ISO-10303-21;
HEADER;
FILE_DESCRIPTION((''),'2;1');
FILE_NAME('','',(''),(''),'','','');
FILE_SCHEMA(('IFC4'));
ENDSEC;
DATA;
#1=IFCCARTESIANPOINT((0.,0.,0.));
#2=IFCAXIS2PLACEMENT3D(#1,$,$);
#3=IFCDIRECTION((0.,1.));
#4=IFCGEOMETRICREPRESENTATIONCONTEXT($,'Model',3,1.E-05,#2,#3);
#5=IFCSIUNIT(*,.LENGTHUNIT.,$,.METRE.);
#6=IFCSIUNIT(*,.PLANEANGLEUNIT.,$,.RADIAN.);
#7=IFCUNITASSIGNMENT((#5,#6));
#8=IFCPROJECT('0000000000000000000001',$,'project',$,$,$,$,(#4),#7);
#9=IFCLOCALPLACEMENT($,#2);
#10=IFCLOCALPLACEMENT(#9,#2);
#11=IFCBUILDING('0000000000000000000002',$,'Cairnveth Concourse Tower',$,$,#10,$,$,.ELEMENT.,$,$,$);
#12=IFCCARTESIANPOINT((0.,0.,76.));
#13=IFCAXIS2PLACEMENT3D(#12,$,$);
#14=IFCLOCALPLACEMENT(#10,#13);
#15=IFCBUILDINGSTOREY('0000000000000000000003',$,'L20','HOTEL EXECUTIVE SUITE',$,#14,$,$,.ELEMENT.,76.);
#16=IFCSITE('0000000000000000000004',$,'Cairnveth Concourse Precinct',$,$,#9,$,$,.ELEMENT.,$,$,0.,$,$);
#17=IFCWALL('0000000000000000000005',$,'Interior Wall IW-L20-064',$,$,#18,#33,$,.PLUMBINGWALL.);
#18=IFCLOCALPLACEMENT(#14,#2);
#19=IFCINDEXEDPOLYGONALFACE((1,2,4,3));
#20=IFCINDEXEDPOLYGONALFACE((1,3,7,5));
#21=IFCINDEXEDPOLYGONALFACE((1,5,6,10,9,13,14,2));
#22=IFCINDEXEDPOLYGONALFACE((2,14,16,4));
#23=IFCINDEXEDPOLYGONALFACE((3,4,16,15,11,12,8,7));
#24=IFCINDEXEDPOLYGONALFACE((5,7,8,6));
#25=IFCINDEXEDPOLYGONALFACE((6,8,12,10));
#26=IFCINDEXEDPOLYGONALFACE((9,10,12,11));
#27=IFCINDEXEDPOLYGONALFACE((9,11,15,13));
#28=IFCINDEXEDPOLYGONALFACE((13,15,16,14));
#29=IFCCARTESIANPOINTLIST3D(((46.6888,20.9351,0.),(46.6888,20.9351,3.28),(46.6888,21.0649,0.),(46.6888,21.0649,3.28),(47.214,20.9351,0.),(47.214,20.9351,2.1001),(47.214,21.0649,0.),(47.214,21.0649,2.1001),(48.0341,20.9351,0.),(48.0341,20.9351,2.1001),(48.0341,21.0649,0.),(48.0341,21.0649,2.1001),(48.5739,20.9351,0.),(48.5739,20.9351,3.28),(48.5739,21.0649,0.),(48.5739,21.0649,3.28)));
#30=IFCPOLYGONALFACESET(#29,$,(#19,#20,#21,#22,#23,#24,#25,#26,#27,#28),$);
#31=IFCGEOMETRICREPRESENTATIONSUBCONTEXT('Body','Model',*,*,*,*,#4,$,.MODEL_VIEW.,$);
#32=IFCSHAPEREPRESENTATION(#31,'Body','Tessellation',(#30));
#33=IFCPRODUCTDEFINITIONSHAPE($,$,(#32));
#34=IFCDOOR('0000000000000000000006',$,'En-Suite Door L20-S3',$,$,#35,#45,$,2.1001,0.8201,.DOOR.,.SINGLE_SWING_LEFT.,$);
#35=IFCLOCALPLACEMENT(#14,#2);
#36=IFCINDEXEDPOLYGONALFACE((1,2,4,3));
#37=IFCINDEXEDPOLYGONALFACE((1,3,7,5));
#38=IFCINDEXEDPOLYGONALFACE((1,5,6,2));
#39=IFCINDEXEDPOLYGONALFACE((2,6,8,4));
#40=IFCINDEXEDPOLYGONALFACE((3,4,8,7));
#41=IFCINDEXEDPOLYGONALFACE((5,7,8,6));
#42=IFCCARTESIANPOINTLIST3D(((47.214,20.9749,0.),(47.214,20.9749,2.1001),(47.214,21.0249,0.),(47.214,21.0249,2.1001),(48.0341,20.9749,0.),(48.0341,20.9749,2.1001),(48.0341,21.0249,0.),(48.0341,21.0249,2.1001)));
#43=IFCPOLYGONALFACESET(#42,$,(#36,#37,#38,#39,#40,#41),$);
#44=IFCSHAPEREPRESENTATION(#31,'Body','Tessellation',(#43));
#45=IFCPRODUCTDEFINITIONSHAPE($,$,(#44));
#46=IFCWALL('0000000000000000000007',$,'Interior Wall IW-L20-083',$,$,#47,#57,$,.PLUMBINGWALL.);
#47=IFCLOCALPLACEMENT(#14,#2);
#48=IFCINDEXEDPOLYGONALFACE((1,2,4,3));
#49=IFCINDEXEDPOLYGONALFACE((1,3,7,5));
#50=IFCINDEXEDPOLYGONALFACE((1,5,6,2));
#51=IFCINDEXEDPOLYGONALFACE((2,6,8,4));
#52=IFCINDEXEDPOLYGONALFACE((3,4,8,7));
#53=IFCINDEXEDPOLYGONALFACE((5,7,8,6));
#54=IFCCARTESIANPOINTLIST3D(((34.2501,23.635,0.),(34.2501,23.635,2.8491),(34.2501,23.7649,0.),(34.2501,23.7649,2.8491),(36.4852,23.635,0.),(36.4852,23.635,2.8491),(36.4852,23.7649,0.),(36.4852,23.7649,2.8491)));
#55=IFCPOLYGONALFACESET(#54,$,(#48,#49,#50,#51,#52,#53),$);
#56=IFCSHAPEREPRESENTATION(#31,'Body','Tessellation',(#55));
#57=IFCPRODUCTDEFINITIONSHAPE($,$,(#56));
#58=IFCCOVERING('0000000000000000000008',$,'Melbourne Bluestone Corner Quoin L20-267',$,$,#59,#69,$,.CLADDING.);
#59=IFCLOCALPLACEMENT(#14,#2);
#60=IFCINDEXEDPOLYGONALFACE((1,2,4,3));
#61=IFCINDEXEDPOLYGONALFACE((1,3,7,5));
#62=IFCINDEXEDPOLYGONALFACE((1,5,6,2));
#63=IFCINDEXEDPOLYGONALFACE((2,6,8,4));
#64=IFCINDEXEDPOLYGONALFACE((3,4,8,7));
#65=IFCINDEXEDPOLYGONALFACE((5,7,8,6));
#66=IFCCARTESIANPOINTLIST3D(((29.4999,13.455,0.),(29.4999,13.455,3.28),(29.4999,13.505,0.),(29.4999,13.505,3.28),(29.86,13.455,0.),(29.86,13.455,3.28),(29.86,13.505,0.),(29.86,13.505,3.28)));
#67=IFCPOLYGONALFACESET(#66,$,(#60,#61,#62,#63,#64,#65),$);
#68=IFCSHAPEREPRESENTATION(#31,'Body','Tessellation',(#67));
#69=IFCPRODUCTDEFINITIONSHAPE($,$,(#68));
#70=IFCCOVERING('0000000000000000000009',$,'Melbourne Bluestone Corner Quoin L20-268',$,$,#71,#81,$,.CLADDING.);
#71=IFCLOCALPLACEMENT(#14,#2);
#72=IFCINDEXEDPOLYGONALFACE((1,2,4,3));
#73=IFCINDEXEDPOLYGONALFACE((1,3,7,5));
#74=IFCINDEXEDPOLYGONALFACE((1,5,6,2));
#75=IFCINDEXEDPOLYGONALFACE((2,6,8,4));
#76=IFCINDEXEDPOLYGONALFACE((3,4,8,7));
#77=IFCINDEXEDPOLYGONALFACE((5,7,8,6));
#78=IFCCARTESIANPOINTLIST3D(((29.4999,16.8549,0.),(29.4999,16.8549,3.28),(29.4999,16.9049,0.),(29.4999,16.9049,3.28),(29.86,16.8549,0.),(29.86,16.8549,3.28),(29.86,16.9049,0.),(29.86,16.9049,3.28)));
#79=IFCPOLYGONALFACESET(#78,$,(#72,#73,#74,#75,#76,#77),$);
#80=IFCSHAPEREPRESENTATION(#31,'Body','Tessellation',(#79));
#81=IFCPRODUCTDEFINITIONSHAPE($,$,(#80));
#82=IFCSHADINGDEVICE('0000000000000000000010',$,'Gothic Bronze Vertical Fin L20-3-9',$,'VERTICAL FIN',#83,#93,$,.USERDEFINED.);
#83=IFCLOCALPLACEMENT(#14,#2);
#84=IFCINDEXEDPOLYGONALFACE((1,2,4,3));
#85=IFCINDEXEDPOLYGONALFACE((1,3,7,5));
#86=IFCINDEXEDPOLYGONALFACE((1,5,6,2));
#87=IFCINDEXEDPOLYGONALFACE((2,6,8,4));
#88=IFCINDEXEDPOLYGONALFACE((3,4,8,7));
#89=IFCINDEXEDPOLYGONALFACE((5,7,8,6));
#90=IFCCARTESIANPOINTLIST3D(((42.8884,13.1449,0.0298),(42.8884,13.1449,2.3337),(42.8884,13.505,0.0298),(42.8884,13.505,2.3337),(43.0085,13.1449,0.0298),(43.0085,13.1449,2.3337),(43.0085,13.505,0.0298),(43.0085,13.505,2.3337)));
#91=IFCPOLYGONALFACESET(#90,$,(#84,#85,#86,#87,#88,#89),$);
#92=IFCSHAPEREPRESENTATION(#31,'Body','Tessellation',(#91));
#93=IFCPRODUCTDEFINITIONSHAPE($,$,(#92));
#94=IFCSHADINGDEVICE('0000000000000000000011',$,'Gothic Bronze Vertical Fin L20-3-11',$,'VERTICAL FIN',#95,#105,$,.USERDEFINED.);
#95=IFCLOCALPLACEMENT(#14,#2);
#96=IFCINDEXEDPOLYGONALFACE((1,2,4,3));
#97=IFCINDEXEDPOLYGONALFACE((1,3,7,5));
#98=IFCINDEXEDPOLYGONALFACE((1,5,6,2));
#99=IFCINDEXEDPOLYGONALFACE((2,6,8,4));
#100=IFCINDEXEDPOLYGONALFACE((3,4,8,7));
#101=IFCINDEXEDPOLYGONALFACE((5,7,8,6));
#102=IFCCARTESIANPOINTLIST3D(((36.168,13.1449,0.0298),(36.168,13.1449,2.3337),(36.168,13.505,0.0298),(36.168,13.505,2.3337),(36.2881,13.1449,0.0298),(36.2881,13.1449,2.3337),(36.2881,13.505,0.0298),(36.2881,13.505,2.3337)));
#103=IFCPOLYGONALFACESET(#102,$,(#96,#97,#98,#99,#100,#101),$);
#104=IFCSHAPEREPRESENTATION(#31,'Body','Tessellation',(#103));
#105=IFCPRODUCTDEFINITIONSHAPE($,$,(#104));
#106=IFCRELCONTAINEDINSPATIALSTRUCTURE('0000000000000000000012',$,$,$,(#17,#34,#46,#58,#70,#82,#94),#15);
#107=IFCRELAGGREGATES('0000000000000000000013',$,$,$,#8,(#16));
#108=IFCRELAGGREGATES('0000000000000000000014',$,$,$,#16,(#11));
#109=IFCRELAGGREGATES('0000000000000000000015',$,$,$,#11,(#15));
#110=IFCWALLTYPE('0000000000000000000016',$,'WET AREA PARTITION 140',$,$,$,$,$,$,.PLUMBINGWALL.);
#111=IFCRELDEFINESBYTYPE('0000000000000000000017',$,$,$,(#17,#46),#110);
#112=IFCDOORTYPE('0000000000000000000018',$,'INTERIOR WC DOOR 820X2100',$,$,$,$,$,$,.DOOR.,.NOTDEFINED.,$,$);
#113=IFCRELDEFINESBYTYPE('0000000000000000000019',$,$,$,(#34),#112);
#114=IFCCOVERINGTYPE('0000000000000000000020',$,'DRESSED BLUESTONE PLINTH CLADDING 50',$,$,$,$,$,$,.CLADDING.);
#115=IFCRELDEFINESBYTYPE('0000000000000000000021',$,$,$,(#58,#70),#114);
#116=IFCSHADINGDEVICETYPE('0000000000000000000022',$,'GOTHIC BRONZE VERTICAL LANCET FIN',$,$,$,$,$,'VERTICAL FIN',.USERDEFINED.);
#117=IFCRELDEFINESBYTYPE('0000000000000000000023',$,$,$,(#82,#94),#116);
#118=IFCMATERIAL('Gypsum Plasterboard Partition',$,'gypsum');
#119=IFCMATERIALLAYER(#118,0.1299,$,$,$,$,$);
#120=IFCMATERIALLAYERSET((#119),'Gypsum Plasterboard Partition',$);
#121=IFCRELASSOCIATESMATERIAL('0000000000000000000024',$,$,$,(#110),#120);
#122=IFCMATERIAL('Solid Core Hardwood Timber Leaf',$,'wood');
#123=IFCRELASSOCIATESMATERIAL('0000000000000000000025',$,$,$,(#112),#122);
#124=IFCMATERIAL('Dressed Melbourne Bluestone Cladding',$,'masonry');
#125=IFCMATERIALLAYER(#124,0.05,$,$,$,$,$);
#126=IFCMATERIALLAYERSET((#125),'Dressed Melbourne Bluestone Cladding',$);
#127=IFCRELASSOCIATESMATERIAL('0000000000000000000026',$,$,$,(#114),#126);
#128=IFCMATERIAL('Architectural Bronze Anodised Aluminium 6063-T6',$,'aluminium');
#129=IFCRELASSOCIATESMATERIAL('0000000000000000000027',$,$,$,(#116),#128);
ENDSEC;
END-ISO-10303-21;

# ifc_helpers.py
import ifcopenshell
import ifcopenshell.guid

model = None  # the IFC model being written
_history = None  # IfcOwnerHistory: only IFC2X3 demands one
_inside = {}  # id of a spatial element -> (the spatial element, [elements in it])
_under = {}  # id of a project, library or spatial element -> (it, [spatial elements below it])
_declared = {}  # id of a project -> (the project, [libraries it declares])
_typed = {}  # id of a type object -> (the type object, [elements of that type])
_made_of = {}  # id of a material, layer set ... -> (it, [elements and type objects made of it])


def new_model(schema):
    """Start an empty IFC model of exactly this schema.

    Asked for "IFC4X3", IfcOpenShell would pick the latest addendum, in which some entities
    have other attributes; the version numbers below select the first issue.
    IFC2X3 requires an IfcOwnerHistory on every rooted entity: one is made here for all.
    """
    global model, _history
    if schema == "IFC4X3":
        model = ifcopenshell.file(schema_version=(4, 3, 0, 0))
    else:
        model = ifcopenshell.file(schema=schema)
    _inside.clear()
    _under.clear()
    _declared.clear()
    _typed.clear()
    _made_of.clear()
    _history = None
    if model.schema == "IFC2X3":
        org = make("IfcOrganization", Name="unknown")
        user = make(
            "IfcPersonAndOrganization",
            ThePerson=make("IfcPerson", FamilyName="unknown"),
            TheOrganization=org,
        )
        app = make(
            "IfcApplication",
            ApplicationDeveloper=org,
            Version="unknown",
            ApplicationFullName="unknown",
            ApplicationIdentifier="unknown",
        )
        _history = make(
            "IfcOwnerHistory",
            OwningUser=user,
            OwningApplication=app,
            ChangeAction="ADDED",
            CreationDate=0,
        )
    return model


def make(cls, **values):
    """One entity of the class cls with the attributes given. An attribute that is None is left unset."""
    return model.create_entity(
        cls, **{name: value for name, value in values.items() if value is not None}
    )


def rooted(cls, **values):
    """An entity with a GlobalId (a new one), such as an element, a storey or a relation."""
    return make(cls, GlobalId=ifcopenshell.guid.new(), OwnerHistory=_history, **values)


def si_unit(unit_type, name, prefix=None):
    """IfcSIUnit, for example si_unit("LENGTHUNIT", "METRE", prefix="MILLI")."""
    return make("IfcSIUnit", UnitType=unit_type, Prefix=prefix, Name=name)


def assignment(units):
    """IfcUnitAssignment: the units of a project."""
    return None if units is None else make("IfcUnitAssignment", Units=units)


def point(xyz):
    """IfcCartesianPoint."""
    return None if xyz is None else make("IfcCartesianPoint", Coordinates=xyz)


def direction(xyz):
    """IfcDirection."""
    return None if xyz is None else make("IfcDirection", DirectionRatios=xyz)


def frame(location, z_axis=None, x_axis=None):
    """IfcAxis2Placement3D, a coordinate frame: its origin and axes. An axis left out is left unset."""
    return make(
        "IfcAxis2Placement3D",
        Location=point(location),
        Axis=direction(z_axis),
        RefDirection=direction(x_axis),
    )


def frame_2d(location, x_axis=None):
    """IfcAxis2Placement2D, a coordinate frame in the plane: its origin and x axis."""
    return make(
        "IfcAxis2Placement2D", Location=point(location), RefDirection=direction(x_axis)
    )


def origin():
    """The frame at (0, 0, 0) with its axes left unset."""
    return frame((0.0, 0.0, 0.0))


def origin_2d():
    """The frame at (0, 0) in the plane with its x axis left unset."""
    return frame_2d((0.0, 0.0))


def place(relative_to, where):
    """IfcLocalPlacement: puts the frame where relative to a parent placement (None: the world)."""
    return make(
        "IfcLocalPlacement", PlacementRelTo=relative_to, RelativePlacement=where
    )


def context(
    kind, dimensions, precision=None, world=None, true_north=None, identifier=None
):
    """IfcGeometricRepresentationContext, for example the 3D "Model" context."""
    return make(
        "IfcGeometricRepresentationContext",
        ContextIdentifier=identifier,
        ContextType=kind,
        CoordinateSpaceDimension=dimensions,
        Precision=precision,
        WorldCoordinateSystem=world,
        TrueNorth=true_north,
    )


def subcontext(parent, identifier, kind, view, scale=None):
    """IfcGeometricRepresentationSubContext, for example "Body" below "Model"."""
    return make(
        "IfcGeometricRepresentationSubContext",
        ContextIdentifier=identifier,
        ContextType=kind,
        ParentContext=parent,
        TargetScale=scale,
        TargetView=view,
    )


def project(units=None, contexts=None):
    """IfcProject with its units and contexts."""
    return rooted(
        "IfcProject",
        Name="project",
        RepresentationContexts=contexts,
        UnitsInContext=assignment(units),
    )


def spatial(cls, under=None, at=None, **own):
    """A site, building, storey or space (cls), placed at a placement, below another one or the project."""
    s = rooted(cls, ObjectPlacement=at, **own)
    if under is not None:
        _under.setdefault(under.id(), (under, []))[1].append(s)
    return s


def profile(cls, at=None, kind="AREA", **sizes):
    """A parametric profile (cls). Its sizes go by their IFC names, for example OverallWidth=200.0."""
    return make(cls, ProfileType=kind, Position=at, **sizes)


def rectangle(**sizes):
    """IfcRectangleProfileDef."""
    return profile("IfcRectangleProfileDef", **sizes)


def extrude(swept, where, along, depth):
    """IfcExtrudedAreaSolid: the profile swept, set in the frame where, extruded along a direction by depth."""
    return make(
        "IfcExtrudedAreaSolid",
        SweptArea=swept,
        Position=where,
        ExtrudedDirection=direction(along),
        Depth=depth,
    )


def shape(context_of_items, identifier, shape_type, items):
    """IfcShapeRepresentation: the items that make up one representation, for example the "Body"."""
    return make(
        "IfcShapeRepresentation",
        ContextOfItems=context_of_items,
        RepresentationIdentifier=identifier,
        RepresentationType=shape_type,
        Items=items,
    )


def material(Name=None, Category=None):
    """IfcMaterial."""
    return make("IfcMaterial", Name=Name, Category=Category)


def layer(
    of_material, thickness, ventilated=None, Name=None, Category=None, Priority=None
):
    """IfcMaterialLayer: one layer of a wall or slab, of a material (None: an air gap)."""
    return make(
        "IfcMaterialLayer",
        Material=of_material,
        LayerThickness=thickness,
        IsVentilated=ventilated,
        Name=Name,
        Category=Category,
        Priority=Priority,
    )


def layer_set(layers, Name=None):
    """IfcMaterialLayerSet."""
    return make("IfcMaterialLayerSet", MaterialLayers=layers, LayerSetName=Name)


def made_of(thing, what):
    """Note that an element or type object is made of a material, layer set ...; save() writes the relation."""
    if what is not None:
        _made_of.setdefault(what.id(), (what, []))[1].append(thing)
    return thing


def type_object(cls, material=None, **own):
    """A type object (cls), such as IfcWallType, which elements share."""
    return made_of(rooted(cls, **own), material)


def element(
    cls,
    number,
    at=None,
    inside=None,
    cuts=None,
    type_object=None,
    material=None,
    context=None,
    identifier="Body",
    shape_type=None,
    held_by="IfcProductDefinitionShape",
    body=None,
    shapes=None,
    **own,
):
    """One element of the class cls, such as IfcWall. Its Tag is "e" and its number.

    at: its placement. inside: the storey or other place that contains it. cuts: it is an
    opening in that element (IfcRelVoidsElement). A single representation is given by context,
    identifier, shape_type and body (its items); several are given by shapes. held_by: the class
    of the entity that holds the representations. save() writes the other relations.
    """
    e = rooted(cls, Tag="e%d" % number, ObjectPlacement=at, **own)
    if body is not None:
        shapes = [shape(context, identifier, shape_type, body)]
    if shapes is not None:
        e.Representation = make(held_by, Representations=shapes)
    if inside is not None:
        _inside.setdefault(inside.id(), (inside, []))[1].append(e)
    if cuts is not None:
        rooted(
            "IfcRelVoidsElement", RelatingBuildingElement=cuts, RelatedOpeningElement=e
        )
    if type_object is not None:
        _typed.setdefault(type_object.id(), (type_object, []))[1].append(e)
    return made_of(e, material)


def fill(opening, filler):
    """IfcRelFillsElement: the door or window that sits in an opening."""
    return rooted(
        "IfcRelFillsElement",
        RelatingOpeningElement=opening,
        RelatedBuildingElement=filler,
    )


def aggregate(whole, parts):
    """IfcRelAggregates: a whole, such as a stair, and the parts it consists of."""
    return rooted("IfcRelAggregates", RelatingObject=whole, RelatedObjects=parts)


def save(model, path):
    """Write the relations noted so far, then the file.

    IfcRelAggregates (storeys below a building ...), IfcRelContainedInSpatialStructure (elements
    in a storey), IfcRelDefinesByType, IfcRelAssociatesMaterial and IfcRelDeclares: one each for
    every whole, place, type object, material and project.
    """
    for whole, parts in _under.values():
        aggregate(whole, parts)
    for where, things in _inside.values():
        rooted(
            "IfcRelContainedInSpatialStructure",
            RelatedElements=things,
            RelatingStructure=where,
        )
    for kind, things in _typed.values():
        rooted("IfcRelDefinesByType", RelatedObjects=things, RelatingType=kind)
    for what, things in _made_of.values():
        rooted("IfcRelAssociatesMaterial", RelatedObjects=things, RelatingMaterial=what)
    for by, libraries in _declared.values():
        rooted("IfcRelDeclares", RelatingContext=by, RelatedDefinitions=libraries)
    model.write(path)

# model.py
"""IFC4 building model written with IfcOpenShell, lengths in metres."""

from ifc_helpers import new_model, si_unit, direction, frame, frame_2d, origin, origin_2d, place, context, subcontext, project, spatial, rectangle, extrude, material, layer, layer_set, type_object, element, fill, save


model = new_model("IFC4")

# Units and contexts
model_context = context("Model", 3, precision=1e-05, world=origin(), true_north=direction((0.0, 1.0)))
body_context = subcontext(model_context, "Body", "Model", "MODEL_VIEW")
ifc_project = project(units=[si_unit("LENGTHUNIT", "METRE"), si_unit("PLANEANGLEUNIT", "RADIAN")], contexts=[model_context])

# Site, building, storey
site_placement = place(None, origin())
site = spatial("IfcSite", under=ifc_project, at=site_placement, Name="Cairnveth Concourse Precinct", CompositionType="ELEMENT", RefElevation=0.0)
building_placement = place(site_placement, origin())
building = spatial("IfcBuilding", under=site, at=building_placement, Name="Cairnveth Concourse Tower", CompositionType="ELEMENT")
storey_placement = place(building_placement, frame((0.0, 0.0, 76.0)))
storey = spatial("IfcBuildingStorey", under=building, at=storey_placement, Name="L20", Description="HOTEL EXECUTIVE SUITE", CompositionType="ELEMENT", Elevation=76.0)

# Shared definitions
ifc_material_1 = material(Name="Gypsum Plasterboard Partition", Category="gypsum")
ifc_material_2 = material(Name="Solid Core Hardwood Timber Leaf", Category="wood")

# Shared definitions
ifc_layer_1 = layer(ifc_material_1, 0.1299)
ifc_layer_set_1 = layer_set([ifc_layer_1], Name="Gypsum Plasterboard Partition")
wall_type_1 = type_object("IfcWallType", Name="WET AREA PARTITION 140", PredefinedType="PLUMBINGWALL", material=ifc_layer_set_1)

# Wall, opening, door
door_type_1 = type_object("IfcDoorType", Name="INTERIOR WC DOOR 820X2100", OperationType="NOTDEFINED", PredefinedType="DOOR", material=ifc_material_2)
wall_1_placement = place(storey_placement, frame((46.689, 21.0, 0.0), z_axis=(0.0, 0.0, 1.0), x_axis=(1.0, 0.0, 0.0)))
wall_1 = element("IfcWall", 1, at=wall_1_placement, inside=storey, type_object=wall_type_1, Name="Interior Wall IW-L20-064", PredefinedType="PLUMBINGWALL", context=body_context, shape_type="SweptSolid", body=[
    extrude(rectangle(XDim=1.885, YDim=0.1299, at=frame_2d((0.9424, 0.0))), origin(), (0.0, 0.0, 1.0), 3.28),
])
opening_1_placement = place(wall_1_placement, frame((0.5249, 0.0, 0.0)))
opening_1 = element("IfcOpeningElement", 2, at=opening_1_placement, cuts=wall_1, PredefinedType="OPENING", context=body_context, shape_type="SweptSolid", body=[
    extrude(rectangle(XDim=0.8201, YDim=2.1001, at=frame_2d((0.4102, 1.05))), frame((0.0, 0.075, 0.0), z_axis=(0.0, -1.0, 0.0), x_axis=(1.0, 0.0, 0.0)), (0.0, 0.0, 1.0), 0.1499),
])
door_1_placement = place(opening_1_placement, origin())
door_1 = element("IfcDoor", 3, at=door_1_placement, inside=storey, type_object=door_type_1, Name="En-Suite Door L20-S3", OperationType="SINGLE_SWING_LEFT", OverallHeight=2.1001, OverallWidth=0.8201, PredefinedType="DOOR", context=body_context, shape_type="SweptSolid", body=[
    extrude(rectangle(XDim=0.8201, YDim=2.1001, at=frame_2d((0.4102, 1.05))), frame((0.0, 0.0249, 0.0), z_axis=(0.0, -1.0, 0.0), x_axis=(1.0, 0.0, 0.0)), (0.0, 0.0, 1.0), 0.05),
])
fill(opening_1, door_1)

# Wall
wall_2_placement = place(storey_placement, frame((34.25, 23.7, 0.0), z_axis=(0.0, 0.0, 1.0), x_axis=(1.0, 0.0, 0.0)))
element("IfcWall", 4, at=wall_2_placement, inside=storey, type_object=wall_type_1, Name="Interior Wall IW-L20-083", PredefinedType="PLUMBINGWALL", context=body_context, shape_type="SweptSolid", body=[
    extrude(rectangle(XDim=2.2351, YDim=0.1299, at=frame_2d((1.1177, 0.0))), origin(), (0.0, 0.0, 1.0), 2.8491),
])

# Coverings
ifc_material_3 = material(Name="Dressed Melbourne Bluestone Cladding", Category="masonry")
ifc_layer_2 = layer(ifc_material_3, 0.05)
ifc_layer_set_2 = layer_set([ifc_layer_2], Name="Dressed Melbourne Bluestone Cladding")
covering_type = type_object("IfcCoveringType", Name="DRESSED BLUESTONE PLINTH CLADDING 50", PredefinedType="CLADDING", material=ifc_layer_set_2)
for number, where, z_axis, x_axis, name in (
    (5, (29.8601, 13.48, 0.0), (0.0, 0.0, 1.0), (-1.0, 0.0, 0.0), "Melbourne Bluestone Corner Quoin L20-267"),
    (6, (29.8601, 16.8799, 0.0), (0.0, 0.0, 1.0), (-1.0, 0.0, 0.0), "Melbourne Bluestone Corner Quoin L20-268"),
):
    element("IfcCovering", number, at=place(storey_placement, frame(where, z_axis=z_axis, x_axis=x_axis)), inside=storey, type_object=covering_type, Name=name, PredefinedType="CLADDING", context=body_context, shape_type="SweptSolid", body=[
        extrude(rectangle(XDim=0.3601, YDim=0.05, at=frame_2d((0.1802, 0.0))), origin(), (0.0, 0.0, 1.0), 3.28),
    ])

# Shading devices
ifc_material_4 = material(Name="Architectural Bronze Anodised Aluminium 6063-T6", Category="aluminium")
shading_device_type = type_object("IfcShadingDeviceType", Name="GOTHIC BRONZE VERTICAL LANCET FIN", ElementType="VERTICAL FIN", PredefinedType="USERDEFINED", material=ifc_material_4)
for number, where, z_axis, x_axis, name in (
    (7, (42.9485, 13.325, 0.0298), (0.0, 0.0, 1.0), (1.0, 0.0, 0.0), "Gothic Bronze Vertical Fin L20-3-9"),
    (8, (36.228, 13.325, 0.0298), (0.0, 0.0, 1.0), (1.0, 0.0, 0.0), "Gothic Bronze Vertical Fin L20-3-11"),
):
    element("IfcShadingDevice", number, at=place(storey_placement, frame(where, z_axis=z_axis, x_axis=x_axis)), inside=storey, type_object=shading_device_type, Name=name, ObjectType="VERTICAL FIN", PredefinedType="USERDEFINED", context=body_context, shape_type="SweptSolid", body=[
        extrude(rectangle(XDim=0.1201, YDim=0.3601, at=origin_2d()), origin(), (0.0, 0.0, 1.0), 2.304),
    ])

save(model, "model.ifc")
